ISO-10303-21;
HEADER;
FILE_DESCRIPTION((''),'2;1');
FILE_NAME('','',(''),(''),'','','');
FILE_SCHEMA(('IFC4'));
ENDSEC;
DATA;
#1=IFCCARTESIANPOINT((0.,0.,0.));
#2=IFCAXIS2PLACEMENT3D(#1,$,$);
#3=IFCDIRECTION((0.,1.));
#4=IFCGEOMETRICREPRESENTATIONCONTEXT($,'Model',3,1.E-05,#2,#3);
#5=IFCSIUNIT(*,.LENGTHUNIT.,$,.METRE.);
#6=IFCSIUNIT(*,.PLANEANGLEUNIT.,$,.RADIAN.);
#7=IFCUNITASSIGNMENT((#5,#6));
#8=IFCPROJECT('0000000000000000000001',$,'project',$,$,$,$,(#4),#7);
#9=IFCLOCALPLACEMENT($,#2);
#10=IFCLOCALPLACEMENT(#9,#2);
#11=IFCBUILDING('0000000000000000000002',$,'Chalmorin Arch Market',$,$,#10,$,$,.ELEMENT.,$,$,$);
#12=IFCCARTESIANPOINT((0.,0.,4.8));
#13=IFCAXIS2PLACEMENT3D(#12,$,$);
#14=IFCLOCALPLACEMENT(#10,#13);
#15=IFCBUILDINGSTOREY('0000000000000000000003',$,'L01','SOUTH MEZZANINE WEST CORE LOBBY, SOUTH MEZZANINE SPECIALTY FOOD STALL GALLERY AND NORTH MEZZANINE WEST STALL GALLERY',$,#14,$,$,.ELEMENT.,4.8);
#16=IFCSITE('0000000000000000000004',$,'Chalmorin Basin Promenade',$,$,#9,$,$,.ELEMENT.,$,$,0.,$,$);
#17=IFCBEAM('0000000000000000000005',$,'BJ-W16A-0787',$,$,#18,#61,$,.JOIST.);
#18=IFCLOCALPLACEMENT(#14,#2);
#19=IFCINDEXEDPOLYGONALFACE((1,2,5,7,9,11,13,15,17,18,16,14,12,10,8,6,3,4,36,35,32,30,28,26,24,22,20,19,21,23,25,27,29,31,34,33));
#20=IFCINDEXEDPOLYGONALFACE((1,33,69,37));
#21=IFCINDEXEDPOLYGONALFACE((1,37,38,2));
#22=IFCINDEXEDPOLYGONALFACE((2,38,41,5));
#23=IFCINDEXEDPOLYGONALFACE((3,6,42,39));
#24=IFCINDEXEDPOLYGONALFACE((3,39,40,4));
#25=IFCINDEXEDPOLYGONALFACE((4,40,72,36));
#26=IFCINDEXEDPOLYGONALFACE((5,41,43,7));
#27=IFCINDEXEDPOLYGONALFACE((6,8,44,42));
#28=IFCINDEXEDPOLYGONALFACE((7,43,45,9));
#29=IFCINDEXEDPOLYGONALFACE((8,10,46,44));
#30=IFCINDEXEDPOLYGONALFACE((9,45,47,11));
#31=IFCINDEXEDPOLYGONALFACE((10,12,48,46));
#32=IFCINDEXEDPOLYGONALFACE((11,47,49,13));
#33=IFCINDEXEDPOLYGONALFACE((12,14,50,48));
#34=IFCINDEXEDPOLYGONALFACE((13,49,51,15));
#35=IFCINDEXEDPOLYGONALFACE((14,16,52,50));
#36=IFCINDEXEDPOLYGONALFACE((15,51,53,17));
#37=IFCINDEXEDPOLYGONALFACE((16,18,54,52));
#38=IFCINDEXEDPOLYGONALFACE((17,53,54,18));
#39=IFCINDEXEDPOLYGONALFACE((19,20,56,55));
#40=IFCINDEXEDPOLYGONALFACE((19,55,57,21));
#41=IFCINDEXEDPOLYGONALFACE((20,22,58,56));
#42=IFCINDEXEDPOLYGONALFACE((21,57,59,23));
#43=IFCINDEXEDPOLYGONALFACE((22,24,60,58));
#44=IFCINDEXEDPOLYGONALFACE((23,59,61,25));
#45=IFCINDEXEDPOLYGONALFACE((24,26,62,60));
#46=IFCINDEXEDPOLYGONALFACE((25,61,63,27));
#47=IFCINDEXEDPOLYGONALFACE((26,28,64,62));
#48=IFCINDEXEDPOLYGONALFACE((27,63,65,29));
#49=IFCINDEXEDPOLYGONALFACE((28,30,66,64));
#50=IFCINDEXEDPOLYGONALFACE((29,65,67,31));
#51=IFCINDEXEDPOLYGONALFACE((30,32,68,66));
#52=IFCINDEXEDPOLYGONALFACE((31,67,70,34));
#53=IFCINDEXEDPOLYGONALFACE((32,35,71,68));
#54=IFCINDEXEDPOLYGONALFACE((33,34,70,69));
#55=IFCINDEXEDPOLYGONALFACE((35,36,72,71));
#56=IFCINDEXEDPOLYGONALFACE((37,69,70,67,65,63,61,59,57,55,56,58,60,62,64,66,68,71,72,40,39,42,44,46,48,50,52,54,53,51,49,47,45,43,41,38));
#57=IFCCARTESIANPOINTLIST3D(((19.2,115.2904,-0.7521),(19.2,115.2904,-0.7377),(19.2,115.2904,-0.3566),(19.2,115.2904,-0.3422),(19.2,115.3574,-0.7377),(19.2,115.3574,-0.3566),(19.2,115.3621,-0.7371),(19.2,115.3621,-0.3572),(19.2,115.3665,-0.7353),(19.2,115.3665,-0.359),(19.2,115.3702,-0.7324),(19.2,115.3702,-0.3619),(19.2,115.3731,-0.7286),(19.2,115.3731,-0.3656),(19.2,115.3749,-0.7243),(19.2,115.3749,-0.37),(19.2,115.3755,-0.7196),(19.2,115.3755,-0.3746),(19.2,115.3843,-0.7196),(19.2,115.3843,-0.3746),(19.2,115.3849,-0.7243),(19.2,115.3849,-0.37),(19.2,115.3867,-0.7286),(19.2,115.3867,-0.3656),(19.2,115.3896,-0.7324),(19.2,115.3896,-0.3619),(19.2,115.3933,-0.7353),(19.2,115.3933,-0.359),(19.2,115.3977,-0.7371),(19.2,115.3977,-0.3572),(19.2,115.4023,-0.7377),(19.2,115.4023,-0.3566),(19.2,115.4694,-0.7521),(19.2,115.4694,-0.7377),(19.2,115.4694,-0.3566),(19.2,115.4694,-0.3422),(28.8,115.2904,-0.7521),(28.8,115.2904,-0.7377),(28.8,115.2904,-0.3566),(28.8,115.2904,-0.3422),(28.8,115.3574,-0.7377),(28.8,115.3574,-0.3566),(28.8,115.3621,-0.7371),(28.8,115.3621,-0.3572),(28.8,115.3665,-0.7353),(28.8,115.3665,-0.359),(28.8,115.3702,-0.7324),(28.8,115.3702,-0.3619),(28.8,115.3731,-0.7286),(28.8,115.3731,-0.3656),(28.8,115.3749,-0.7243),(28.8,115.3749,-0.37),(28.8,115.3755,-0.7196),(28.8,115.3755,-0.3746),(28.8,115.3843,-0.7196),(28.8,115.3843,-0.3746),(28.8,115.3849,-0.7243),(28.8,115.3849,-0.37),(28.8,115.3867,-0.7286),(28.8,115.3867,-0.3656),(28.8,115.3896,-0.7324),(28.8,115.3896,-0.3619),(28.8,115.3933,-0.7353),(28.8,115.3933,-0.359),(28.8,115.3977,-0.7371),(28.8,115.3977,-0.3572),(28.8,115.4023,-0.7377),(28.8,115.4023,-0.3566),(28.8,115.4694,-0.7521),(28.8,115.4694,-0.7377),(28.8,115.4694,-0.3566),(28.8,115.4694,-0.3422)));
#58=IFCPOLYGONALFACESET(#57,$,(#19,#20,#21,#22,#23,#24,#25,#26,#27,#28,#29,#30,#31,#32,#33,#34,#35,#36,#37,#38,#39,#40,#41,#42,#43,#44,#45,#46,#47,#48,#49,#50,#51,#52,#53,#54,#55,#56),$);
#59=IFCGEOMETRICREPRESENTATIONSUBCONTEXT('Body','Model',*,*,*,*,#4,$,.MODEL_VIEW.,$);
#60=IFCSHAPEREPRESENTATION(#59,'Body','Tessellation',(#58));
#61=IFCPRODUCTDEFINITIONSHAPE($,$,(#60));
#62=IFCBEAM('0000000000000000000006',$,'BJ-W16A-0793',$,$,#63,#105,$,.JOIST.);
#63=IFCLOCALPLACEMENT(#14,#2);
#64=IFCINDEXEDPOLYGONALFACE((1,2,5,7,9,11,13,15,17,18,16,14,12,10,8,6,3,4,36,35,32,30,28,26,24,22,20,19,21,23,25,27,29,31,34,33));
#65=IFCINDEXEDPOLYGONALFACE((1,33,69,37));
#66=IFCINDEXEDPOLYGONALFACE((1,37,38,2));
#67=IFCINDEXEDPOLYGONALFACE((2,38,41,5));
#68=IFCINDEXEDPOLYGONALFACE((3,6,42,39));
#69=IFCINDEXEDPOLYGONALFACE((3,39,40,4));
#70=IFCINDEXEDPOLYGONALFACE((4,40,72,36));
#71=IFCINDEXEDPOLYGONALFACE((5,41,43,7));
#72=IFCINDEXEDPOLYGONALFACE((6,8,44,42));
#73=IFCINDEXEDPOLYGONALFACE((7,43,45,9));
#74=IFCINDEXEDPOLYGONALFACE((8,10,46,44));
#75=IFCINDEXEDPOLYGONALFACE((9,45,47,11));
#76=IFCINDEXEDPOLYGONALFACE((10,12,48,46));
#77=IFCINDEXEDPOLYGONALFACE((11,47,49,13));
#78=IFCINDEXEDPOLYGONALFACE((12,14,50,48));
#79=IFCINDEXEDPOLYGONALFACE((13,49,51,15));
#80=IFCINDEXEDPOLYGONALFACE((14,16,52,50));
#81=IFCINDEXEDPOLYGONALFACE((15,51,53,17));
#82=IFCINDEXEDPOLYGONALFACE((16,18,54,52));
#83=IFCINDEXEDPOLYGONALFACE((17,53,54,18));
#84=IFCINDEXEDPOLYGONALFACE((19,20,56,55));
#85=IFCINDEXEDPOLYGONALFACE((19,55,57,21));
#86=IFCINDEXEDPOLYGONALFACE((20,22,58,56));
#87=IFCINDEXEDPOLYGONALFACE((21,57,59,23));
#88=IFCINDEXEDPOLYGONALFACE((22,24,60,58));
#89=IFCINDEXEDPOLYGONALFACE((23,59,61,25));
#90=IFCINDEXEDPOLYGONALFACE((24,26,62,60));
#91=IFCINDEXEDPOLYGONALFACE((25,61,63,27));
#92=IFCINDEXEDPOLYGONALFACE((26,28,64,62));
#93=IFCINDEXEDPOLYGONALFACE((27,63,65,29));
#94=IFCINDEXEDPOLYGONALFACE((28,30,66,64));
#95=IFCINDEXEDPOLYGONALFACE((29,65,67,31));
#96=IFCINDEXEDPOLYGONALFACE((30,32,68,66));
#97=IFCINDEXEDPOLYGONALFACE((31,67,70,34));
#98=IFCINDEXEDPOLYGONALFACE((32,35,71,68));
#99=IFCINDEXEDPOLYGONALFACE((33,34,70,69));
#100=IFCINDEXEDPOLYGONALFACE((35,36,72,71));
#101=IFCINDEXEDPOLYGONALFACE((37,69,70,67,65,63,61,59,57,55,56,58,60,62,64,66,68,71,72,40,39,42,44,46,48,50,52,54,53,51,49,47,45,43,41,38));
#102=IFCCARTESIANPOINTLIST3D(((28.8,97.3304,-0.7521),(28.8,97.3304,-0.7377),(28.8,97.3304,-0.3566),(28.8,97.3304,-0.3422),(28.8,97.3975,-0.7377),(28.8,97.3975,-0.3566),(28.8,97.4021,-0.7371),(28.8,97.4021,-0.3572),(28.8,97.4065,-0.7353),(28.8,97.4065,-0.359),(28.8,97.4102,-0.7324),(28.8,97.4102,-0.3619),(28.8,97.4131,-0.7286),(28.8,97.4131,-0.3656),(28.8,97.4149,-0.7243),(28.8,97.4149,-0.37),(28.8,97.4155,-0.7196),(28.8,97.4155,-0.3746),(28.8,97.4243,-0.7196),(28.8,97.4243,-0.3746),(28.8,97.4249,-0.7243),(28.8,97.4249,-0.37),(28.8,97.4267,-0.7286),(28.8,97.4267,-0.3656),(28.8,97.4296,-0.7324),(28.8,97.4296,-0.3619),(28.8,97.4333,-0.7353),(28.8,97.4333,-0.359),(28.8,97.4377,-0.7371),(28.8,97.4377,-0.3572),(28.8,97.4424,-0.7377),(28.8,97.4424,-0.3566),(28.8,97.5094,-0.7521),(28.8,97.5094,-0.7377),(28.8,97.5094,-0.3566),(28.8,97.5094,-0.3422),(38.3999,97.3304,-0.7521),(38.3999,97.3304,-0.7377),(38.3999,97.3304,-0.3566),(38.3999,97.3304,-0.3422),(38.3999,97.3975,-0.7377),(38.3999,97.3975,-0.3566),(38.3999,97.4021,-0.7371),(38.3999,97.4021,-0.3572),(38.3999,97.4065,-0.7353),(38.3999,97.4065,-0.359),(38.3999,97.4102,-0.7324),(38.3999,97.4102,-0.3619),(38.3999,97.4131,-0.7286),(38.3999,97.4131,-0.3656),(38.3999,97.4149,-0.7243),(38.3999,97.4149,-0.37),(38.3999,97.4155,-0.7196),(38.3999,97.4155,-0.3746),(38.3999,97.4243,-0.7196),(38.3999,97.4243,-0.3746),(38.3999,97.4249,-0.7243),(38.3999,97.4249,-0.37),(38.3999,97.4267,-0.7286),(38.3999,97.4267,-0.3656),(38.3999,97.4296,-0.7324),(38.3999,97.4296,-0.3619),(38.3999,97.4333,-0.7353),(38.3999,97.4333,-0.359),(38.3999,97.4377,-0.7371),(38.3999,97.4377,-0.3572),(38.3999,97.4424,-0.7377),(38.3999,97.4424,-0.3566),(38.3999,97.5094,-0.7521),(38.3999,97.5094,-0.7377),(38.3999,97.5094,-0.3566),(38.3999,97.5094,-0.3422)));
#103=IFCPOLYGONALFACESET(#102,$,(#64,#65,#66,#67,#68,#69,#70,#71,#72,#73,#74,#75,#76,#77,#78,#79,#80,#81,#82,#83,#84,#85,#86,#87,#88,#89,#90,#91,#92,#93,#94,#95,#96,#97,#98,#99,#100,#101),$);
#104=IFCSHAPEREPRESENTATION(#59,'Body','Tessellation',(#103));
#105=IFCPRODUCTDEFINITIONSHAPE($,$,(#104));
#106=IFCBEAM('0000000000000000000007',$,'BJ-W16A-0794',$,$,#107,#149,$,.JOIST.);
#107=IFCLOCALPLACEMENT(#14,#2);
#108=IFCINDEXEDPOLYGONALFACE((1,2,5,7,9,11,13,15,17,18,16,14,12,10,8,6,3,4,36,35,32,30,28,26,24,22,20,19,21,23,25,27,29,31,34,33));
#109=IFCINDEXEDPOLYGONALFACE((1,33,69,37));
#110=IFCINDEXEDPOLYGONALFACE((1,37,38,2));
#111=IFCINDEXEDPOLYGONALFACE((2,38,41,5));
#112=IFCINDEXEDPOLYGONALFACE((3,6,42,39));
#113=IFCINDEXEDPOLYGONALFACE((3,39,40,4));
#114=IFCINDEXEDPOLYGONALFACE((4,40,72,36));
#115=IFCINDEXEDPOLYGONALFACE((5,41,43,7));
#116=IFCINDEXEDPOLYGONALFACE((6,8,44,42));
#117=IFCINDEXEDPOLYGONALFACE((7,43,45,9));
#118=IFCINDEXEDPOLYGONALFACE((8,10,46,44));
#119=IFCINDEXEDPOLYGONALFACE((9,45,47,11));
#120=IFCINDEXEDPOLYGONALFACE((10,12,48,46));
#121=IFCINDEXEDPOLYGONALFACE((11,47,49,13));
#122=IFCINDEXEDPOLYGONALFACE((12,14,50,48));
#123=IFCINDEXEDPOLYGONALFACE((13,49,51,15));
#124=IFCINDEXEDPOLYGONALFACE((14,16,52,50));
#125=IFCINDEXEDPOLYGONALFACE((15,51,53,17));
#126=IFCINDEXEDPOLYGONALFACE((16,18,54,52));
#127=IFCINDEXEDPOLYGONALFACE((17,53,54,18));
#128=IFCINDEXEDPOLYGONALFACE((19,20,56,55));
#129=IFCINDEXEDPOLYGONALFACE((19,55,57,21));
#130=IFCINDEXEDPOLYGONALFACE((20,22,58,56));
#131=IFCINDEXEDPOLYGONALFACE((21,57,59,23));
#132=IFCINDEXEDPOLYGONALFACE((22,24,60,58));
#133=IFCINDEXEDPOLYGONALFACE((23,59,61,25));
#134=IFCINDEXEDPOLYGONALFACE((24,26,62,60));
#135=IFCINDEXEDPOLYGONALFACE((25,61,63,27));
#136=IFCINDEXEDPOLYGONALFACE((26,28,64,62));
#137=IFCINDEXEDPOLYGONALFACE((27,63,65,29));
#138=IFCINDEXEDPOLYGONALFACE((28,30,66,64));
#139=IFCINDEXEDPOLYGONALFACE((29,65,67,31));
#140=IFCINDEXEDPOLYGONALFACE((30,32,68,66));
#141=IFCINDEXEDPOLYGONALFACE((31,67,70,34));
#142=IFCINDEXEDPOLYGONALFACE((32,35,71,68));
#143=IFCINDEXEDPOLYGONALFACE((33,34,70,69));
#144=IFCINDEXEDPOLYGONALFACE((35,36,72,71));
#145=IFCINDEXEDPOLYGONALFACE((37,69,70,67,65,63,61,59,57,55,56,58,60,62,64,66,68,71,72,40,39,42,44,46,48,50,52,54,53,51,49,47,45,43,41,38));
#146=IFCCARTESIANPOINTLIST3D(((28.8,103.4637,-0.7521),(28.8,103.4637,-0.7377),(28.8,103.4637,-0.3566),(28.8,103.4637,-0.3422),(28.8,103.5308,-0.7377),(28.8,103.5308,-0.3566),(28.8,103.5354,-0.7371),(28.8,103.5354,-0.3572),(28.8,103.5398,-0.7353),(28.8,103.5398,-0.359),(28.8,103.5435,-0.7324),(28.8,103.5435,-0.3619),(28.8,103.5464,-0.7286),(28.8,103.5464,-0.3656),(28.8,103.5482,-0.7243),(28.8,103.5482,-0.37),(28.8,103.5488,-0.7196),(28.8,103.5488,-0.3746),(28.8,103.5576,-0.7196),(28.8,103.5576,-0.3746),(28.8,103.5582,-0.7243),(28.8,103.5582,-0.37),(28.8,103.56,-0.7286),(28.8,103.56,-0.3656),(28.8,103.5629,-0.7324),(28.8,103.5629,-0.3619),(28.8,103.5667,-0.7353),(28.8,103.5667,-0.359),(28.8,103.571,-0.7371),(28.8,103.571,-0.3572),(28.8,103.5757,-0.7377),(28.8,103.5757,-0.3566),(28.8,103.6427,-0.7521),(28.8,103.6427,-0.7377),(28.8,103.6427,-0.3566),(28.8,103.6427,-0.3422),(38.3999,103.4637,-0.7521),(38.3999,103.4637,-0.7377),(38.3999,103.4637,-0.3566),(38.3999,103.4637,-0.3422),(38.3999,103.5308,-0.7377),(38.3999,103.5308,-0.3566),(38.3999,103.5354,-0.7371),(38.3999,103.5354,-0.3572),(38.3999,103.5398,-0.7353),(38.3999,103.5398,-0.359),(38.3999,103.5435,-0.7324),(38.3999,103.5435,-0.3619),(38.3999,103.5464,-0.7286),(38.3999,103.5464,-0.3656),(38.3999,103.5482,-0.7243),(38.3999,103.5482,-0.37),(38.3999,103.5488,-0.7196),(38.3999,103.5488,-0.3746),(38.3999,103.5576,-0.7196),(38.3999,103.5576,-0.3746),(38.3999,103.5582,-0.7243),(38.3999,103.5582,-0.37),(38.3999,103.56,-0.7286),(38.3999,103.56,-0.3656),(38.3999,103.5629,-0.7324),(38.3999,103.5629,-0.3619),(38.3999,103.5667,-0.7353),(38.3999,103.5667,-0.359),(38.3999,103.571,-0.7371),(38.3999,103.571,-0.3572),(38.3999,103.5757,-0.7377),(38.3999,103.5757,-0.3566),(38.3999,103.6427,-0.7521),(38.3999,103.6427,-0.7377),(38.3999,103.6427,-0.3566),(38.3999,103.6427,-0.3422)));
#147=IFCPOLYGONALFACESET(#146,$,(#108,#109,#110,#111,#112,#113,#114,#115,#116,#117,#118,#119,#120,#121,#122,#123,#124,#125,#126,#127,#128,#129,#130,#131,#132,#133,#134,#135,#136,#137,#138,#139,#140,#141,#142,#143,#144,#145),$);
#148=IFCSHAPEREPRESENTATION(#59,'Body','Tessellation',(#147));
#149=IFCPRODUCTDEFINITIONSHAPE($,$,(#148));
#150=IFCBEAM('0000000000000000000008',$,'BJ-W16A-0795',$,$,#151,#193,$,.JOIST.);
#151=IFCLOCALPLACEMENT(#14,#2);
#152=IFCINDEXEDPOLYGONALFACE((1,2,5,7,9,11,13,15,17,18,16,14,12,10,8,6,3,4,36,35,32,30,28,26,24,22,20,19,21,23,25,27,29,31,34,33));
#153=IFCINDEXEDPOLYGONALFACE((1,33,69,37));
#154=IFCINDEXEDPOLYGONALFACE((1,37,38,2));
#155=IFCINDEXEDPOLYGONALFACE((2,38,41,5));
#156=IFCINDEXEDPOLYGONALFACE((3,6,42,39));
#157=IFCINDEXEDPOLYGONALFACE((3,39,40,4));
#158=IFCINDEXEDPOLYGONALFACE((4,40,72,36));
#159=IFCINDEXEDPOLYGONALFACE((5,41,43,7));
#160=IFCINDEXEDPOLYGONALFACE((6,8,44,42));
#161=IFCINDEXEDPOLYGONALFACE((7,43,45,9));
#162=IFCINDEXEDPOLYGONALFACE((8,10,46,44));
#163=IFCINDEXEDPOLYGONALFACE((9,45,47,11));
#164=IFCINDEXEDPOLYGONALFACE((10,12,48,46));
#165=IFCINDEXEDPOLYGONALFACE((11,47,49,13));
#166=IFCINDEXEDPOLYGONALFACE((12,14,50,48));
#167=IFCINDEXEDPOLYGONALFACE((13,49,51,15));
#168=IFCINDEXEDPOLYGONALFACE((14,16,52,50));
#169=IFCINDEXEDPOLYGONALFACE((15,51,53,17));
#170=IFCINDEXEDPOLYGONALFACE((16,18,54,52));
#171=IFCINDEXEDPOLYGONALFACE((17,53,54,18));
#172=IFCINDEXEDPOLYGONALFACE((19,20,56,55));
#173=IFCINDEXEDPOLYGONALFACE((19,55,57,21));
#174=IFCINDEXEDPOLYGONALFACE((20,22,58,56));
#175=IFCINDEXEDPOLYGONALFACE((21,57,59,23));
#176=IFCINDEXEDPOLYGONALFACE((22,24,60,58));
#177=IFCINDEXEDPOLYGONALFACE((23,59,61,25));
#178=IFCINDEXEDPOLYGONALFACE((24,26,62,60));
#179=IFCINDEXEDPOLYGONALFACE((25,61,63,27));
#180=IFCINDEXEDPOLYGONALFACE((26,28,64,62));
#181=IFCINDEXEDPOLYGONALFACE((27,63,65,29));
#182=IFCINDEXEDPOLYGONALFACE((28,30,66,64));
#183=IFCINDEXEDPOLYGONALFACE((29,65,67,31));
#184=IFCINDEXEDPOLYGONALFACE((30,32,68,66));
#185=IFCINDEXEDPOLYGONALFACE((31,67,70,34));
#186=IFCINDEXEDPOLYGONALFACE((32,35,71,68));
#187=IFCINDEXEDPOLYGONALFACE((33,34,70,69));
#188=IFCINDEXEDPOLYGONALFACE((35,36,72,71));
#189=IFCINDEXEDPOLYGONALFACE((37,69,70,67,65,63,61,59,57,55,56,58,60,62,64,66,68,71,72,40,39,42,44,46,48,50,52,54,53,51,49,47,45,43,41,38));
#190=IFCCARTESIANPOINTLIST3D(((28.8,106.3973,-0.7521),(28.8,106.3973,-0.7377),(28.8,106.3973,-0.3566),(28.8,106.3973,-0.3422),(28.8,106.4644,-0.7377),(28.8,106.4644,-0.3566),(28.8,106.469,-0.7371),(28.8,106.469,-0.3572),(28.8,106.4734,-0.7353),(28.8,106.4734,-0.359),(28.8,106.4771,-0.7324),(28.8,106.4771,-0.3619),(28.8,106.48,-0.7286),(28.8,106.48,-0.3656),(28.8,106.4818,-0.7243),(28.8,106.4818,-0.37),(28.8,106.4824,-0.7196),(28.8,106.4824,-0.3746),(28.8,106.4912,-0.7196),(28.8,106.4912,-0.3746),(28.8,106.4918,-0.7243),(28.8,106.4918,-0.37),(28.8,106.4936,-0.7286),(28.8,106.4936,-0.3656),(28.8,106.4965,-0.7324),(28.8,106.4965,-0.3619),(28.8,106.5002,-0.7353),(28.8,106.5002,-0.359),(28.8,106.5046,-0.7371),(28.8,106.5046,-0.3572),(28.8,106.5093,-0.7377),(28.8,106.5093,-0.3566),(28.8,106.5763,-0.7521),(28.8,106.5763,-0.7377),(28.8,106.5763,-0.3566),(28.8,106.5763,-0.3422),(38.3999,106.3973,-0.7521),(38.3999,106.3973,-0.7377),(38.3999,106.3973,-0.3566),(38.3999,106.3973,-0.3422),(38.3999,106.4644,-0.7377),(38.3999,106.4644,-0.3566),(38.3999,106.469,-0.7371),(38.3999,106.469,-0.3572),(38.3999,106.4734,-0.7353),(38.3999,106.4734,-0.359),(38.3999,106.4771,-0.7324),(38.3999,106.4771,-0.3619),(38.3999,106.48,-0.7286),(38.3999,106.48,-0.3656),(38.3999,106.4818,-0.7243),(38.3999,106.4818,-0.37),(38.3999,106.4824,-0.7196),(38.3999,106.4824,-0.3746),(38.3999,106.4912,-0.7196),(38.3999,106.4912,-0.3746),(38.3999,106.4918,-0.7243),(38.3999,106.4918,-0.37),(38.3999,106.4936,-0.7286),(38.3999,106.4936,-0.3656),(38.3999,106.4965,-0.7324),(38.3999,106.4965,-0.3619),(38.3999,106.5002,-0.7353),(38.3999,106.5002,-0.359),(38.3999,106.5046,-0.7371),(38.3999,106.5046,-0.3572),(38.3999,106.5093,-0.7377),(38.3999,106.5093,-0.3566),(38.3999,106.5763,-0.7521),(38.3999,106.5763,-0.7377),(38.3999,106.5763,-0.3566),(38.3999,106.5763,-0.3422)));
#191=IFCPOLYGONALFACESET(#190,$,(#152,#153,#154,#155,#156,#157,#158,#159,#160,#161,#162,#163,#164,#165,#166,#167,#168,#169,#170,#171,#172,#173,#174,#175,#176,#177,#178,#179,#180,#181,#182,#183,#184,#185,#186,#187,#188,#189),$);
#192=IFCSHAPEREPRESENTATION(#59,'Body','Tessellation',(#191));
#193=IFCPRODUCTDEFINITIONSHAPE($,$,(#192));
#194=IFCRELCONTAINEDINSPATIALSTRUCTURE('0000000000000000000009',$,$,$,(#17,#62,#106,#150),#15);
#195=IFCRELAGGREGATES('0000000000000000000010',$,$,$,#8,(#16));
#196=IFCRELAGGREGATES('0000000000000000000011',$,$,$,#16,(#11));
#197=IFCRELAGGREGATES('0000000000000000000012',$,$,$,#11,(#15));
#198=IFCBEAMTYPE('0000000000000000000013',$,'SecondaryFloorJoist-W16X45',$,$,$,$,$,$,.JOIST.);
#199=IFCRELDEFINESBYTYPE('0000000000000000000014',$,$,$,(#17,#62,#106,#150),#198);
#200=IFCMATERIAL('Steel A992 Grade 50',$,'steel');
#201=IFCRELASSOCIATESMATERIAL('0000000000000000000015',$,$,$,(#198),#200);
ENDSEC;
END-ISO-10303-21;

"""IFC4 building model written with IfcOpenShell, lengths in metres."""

from ifc_helpers import new_model, si_unit, direction, frame, origin, origin_2d, place, context, subcontext, project, spatial, i_section, extrude, material, material_profile, profile_set, type_object, element, save


model = new_model("IFC4")

# Units and contexts
model_context = context("Model", 3, precision=1e-05, world=origin(), true_north=direction((0.0, 1.0)))
body_context = subcontext(model_context, "Body", "Model", "MODEL_VIEW")
ifc_project = project(units=[si_unit("LENGTHUNIT", "METRE"), si_unit("PLANEANGLEUNIT", "RADIAN")], contexts=[model_context])

# Site, building, storey
site_placement = place(None, origin())
site = spatial("IfcSite", under=ifc_project, at=site_placement, Name="Chalmorin Basin Promenade", CompositionType="ELEMENT", RefElevation=0.0)
building_placement = place(site_placement, origin())
building = spatial("IfcBuilding", under=site, at=building_placement, Name="Chalmorin Arch Market", CompositionType="ELEMENT")
storey_placement = place(building_placement, frame((0.0, 0.0, 4.8)))
storey = spatial("IfcBuildingStorey", under=building, at=storey_placement, Name="L01", Description="SOUTH MEZZANINE WEST CORE LOBBY, SOUTH MEZZANINE SPECIALTY FOOD STALL GALLERY AND NORTH MEZZANINE WEST STALL GALLERY", CompositionType="ELEMENT", Elevation=4.8)

# Beams
ifc_material_1 = material(Name="Steel A992 Grade 50", Category="steel")
ifc_material_profile_1 = material_profile(ifc_material_1, i_section(OverallWidth=0.179, OverallDepth=0.4099, WebThickness=0.0088, FlangeThickness=0.0144, FilletRadius=0.0181, at=origin_2d()), Name="W16X45")
ifc_profile_set_1 = profile_set([ifc_material_profile_1], Name="Steel A992 Grade 50")
beam_type_1 = type_object("IfcBeamType", Name="SecondaryFloorJoist-W16X45", PredefinedType="JOIST", material=ifc_profile_set_1)
for number, where, z_axis, x_axis, name in (
    (1, (19.2, 115.3799, -0.5471), (1.0, 0.0, 0.0), (0.0, 1.0, 0.0), "BJ-W16A-0787"),
):
    element("IfcBeam", number, at=place(storey_placement, frame(where, z_axis=z_axis, x_axis=x_axis)), inside=storey, type_object=beam_type_1, Name=name, PredefinedType="JOIST", context=body_context, shape_type="SweptSolid", body=[
        extrude(i_section(OverallWidth=0.179, OverallDepth=0.4099, WebThickness=0.0088, FlangeThickness=0.0144, FilletRadius=0.0181, at=origin_2d()), origin(), (0.0, 0.0, 1.0), 9.6001),
    ])
for number, where, z_axis, x_axis, name in (
    (2, (28.8, 97.4199, -0.5471), (1.0, 0.0, 0.0), (0.0, 1.0, 0.0), "BJ-W16A-0793"),
    (3, (28.8, 103.5532, -0.5471), (1.0, 0.0, 0.0), (0.0, 1.0, 0.0), "BJ-W16A-0794"),
    (4, (28.8, 106.4868, -0.5471), (1.0, 0.0, 0.0), (0.0, 1.0, 0.0), "BJ-W16A-0795"),
):
    element("IfcBeam", number, at=place(storey_placement, frame(where, z_axis=z_axis, x_axis=x_axis)), inside=storey, type_object=beam_type_1, Name=name, PredefinedType="JOIST", context=body_context, shape_type="SweptSolid", body=[
        extrude(i_section(OverallWidth=0.179, OverallDepth=0.4099, WebThickness=0.0088, FlangeThickness=0.0144, FilletRadius=0.0181, at=origin_2d()), origin(), (0.0, 0.0, 1.0), 9.5999),
    ])

save(model, "model.ifc")
